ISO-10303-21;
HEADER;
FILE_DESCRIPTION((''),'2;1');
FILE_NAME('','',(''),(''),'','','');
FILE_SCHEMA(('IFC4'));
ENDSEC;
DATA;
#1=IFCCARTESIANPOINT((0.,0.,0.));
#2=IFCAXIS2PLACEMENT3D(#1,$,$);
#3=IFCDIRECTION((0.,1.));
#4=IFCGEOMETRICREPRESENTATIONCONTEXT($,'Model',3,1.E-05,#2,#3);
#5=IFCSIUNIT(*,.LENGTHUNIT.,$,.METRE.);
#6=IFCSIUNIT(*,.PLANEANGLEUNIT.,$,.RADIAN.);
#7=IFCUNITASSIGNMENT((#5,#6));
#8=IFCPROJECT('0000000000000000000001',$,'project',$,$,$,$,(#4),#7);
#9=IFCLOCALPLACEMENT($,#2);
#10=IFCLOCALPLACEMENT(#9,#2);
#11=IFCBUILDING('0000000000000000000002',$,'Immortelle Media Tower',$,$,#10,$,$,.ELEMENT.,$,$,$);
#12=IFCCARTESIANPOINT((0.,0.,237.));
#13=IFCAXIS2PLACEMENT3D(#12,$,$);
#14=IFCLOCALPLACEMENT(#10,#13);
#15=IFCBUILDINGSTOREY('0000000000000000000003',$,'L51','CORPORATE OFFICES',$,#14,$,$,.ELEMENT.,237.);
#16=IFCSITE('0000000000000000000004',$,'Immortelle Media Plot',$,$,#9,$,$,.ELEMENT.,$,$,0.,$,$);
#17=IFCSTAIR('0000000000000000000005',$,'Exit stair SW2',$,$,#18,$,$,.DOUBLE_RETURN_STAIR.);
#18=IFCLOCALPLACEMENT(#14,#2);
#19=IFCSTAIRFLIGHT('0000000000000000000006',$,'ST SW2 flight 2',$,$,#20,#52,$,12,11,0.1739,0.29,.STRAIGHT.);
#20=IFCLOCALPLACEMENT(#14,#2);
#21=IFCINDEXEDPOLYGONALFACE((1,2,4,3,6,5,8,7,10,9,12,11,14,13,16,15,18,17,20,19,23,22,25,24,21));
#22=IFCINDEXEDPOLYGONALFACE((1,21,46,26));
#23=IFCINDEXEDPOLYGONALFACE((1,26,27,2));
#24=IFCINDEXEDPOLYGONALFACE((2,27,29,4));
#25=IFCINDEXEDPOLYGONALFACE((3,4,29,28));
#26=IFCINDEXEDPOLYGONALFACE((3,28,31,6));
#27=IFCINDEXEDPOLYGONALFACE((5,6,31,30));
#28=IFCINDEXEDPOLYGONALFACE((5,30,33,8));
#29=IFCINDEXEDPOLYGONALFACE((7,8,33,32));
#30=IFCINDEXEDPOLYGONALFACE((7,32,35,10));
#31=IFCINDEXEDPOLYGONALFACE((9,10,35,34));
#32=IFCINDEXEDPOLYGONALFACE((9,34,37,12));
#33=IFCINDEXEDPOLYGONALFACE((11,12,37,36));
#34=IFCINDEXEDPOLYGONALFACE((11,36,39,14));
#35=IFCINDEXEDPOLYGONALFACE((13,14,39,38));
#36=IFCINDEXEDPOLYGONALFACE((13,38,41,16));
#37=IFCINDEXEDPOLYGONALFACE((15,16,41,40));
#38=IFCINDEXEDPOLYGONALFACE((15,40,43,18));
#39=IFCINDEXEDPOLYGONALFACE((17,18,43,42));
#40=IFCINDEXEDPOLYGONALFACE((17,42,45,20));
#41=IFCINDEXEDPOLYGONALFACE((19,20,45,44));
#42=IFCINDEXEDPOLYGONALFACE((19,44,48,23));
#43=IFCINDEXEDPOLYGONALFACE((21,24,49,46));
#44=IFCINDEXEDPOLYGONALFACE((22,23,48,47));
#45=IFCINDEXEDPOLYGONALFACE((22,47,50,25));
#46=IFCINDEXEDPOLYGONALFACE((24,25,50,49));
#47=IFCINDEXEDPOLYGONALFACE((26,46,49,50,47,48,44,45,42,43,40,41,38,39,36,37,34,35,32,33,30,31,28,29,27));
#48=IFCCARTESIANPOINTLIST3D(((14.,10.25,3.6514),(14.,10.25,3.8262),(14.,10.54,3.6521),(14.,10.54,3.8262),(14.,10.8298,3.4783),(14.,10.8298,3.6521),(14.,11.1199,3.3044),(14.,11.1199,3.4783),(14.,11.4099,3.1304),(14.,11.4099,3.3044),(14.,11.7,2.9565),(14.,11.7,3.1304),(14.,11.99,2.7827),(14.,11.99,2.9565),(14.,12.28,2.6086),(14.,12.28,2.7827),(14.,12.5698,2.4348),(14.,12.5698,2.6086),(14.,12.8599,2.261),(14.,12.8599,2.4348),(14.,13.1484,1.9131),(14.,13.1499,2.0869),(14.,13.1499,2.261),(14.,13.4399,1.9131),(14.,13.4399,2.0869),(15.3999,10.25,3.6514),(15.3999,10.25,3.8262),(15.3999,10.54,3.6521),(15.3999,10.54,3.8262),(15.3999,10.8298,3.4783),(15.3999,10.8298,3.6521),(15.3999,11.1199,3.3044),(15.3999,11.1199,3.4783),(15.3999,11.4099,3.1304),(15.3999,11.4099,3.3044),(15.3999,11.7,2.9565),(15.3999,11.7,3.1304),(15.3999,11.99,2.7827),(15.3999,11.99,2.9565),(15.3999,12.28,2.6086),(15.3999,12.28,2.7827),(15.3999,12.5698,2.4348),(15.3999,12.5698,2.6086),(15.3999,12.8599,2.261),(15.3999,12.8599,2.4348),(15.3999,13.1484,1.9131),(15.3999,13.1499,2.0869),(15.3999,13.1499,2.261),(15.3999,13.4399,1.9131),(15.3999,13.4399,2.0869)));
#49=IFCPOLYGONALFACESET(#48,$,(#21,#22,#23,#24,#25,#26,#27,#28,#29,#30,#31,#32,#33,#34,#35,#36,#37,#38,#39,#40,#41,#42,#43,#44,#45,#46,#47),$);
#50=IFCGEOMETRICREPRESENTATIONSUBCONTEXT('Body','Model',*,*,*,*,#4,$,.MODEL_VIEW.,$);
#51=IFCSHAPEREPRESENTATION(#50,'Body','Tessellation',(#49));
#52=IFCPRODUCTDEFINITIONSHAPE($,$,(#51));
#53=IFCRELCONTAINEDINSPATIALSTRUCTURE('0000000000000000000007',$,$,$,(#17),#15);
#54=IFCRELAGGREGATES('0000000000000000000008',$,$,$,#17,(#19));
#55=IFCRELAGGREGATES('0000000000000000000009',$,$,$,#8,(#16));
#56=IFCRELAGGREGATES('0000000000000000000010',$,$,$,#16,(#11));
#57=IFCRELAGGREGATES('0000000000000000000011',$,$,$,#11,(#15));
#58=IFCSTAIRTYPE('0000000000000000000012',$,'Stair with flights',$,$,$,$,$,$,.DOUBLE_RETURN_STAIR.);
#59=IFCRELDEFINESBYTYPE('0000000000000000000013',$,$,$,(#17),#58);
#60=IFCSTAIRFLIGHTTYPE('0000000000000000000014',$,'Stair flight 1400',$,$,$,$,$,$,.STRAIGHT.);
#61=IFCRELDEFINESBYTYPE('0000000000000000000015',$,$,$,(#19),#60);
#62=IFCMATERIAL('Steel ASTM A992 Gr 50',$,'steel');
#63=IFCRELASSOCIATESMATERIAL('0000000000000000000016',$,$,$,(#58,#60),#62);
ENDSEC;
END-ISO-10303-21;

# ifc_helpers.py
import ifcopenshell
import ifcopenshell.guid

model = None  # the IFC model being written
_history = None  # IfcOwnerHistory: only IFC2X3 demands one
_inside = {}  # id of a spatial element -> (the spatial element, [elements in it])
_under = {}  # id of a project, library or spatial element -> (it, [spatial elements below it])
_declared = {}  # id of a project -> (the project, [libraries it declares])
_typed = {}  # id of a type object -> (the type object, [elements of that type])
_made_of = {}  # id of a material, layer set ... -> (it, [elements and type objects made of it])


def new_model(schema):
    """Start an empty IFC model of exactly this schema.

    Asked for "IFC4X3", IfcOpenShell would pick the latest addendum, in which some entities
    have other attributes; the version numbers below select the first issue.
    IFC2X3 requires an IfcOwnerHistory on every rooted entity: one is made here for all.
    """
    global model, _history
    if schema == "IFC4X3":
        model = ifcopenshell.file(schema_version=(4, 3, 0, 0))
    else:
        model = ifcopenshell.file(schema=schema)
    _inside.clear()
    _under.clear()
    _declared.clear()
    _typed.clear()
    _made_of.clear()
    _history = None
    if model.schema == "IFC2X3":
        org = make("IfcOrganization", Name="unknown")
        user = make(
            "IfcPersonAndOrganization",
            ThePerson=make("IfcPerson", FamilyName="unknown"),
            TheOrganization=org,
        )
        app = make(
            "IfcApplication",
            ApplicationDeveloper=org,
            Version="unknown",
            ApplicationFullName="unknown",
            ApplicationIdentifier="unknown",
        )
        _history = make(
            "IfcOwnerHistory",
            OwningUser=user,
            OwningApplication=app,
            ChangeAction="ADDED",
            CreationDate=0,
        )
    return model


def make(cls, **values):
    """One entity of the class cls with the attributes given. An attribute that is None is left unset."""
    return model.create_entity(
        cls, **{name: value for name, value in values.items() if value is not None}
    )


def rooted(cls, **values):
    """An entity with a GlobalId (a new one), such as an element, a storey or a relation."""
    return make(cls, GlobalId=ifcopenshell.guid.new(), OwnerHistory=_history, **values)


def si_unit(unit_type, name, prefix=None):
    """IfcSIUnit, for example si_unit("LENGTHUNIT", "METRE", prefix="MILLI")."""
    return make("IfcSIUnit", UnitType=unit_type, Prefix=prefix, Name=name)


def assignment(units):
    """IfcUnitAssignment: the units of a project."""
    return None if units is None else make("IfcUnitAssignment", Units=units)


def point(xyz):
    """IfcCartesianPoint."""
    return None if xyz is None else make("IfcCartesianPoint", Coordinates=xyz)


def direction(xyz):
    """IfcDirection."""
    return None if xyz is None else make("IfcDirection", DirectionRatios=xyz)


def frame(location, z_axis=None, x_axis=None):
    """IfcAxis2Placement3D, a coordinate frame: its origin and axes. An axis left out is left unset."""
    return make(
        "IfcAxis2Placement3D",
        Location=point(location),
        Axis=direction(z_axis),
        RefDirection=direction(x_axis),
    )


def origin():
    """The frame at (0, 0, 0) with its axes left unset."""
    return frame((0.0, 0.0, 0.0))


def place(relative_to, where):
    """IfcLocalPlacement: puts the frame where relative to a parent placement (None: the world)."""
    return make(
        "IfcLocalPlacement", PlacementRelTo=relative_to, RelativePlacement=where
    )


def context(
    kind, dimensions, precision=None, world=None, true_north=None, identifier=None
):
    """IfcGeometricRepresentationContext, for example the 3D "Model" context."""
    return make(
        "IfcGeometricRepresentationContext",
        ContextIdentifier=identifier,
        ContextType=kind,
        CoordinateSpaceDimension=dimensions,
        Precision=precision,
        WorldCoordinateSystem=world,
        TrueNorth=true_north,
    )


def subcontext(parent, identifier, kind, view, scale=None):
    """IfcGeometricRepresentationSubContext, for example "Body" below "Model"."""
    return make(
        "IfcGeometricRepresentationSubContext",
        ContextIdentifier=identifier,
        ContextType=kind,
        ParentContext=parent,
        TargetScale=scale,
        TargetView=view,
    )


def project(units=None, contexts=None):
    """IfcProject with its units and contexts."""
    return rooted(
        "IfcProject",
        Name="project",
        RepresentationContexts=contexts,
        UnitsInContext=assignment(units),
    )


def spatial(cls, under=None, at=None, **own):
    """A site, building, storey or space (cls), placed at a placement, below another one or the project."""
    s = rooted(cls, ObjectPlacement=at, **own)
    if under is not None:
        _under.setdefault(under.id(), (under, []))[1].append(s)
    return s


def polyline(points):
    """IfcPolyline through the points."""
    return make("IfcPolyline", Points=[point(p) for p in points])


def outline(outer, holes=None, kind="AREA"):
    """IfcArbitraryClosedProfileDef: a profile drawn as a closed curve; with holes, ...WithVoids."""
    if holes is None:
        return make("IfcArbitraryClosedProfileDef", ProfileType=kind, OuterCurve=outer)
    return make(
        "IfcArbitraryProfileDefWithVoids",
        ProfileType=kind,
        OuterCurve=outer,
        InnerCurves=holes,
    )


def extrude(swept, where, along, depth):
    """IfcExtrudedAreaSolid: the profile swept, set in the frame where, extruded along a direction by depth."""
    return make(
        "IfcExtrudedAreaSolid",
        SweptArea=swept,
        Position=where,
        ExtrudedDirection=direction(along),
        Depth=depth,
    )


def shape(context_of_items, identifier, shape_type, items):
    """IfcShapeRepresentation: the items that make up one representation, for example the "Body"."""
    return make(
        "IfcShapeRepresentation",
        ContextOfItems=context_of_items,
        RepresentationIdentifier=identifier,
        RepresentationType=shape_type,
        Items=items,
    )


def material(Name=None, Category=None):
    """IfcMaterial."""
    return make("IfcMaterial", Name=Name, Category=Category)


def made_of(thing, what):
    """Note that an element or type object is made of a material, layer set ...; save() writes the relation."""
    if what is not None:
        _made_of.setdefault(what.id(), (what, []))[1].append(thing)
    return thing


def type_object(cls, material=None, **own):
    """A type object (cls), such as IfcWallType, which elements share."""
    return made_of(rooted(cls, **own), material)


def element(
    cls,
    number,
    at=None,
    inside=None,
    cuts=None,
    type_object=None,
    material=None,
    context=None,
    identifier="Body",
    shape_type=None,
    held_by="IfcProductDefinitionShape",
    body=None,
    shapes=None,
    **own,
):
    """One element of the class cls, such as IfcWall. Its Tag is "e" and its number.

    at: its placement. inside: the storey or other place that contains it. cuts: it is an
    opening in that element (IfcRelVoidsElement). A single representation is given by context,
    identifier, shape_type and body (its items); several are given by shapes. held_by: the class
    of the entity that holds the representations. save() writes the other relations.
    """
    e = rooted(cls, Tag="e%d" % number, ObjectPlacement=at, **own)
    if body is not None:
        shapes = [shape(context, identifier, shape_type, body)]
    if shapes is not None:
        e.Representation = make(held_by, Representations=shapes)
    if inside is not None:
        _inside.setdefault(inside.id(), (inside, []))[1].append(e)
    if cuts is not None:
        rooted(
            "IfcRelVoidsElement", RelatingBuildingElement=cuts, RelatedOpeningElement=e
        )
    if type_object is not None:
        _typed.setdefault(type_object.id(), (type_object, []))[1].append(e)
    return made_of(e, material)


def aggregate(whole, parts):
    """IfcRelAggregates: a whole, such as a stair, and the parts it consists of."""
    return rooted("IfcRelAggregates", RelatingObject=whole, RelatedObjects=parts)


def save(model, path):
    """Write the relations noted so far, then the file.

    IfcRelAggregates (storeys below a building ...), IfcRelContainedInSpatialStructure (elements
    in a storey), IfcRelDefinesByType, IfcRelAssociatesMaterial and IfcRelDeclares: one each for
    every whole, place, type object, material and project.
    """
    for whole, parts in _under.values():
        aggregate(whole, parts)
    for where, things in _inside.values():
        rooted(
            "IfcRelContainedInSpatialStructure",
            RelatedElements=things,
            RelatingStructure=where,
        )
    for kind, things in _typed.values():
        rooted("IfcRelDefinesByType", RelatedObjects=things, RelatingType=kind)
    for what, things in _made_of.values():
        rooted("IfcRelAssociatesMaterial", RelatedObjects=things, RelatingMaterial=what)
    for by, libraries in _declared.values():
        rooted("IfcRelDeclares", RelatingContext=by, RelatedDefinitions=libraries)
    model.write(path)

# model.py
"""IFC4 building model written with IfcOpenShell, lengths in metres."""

from ifc_helpers import new_model, si_unit, direction, frame, origin, place, context, subcontext, project, spatial, polyline, outline, extrude, material, type_object, element, aggregate, save


model = new_model("IFC4")

# Units and contexts
model_context = context("Model", 3, precision=1e-05, world=origin(), true_north=direction((0.0, 1.0)))
body_context = subcontext(model_context, "Body", "Model", "MODEL_VIEW")
ifc_project = project(units=[si_unit("LENGTHUNIT", "METRE"), si_unit("PLANEANGLEUNIT", "RADIAN")], contexts=[model_context])

# Site, building, storey
site_placement = place(None, origin())
site = spatial("IfcSite", under=ifc_project, at=site_placement, Name="Immortelle Media Plot", CompositionType="ELEMENT", RefElevation=0.0)
building_placement = place(site_placement, origin())
building = spatial("IfcBuilding", under=site, at=building_placement, Name="Immortelle Media Tower", CompositionType="ELEMENT")
storey_placement = place(building_placement, frame((0.0, 0.0, 237.0)))
storey = spatial("IfcBuildingStorey", under=building, at=storey_placement, Name="L51", Description="CORPORATE OFFICES", CompositionType="ELEMENT", Elevation=237.0)

# Shared definitions
ifc_material_1 = material(Name="Steel ASTM A992 Gr 50", Category="steel")

# Stair, stair flight
stair_type = type_object("IfcStairType", Name="Stair with flights", PredefinedType="DOUBLE_RETURN_STAIR", material=ifc_material_1)
stair_flight_type = type_object("IfcStairFlightType", Name="Stair flight 1400", PredefinedType="STRAIGHT", material=ifc_material_1)
stair_1_placement = place(storey_placement, origin())
stair_1 = element("IfcStair", 1, at=stair_1_placement, inside=storey, type_object=stair_type, Name="Exit stair SW2", PredefinedType="DOUBLE_RETURN_STAIR")
stair_flight_1_placement = place(storey_placement, frame((14.7, 13.4399, 1.9131), z_axis=(0.0, 0.0, 1.0), x_axis=(0.0, -1.0, 0.0)))
stair_flight_1 = element("IfcStairFlight", 2, at=stair_flight_1_placement, type_object=stair_flight_type, Name="ST SW2 flight 2", NumberOfRisers=12, NumberOfTreads=11, PredefinedType="STRAIGHT", RiserHeight=0.1739, TreadLength=0.29, context=body_context, shape_type="SweptSolid", body=[
    extrude(outline(polyline([(0.0, 0.0), (0.0, 0.1738), (0.29, 0.1738), (0.29, 0.3479), (0.5801, 0.3479), (0.5801, 0.5217), (0.8701, 0.5217), (0.8701, 0.6956), (1.1599, 0.6956), (1.1599, 0.8696), (1.45, 0.8696), (1.45, 1.0435), (1.74, 1.0435), (1.74, 1.2173), (2.03, 1.2173), (2.03, 1.3914), (2.3201, 1.3914), (2.3201, 1.5652), (2.6101, 1.5652), (2.6101, 1.739), (2.8999, 1.739), (2.8999, 1.9131), (3.1899, 1.9131), (3.1899, 2.0869), (3.1899, 1.7383), (0.2915, 0.0), (0.0, 0.0)])), frame((0.0, 0.7, 0.0), z_axis=(0.0, -1.0, 0.0), x_axis=(1.0, 0.0, 0.0)), (0.0, 0.0, 1.0), 1.3999),
])
aggregate(stair_1, [stair_flight_1])

save(model, "model.ifc")
